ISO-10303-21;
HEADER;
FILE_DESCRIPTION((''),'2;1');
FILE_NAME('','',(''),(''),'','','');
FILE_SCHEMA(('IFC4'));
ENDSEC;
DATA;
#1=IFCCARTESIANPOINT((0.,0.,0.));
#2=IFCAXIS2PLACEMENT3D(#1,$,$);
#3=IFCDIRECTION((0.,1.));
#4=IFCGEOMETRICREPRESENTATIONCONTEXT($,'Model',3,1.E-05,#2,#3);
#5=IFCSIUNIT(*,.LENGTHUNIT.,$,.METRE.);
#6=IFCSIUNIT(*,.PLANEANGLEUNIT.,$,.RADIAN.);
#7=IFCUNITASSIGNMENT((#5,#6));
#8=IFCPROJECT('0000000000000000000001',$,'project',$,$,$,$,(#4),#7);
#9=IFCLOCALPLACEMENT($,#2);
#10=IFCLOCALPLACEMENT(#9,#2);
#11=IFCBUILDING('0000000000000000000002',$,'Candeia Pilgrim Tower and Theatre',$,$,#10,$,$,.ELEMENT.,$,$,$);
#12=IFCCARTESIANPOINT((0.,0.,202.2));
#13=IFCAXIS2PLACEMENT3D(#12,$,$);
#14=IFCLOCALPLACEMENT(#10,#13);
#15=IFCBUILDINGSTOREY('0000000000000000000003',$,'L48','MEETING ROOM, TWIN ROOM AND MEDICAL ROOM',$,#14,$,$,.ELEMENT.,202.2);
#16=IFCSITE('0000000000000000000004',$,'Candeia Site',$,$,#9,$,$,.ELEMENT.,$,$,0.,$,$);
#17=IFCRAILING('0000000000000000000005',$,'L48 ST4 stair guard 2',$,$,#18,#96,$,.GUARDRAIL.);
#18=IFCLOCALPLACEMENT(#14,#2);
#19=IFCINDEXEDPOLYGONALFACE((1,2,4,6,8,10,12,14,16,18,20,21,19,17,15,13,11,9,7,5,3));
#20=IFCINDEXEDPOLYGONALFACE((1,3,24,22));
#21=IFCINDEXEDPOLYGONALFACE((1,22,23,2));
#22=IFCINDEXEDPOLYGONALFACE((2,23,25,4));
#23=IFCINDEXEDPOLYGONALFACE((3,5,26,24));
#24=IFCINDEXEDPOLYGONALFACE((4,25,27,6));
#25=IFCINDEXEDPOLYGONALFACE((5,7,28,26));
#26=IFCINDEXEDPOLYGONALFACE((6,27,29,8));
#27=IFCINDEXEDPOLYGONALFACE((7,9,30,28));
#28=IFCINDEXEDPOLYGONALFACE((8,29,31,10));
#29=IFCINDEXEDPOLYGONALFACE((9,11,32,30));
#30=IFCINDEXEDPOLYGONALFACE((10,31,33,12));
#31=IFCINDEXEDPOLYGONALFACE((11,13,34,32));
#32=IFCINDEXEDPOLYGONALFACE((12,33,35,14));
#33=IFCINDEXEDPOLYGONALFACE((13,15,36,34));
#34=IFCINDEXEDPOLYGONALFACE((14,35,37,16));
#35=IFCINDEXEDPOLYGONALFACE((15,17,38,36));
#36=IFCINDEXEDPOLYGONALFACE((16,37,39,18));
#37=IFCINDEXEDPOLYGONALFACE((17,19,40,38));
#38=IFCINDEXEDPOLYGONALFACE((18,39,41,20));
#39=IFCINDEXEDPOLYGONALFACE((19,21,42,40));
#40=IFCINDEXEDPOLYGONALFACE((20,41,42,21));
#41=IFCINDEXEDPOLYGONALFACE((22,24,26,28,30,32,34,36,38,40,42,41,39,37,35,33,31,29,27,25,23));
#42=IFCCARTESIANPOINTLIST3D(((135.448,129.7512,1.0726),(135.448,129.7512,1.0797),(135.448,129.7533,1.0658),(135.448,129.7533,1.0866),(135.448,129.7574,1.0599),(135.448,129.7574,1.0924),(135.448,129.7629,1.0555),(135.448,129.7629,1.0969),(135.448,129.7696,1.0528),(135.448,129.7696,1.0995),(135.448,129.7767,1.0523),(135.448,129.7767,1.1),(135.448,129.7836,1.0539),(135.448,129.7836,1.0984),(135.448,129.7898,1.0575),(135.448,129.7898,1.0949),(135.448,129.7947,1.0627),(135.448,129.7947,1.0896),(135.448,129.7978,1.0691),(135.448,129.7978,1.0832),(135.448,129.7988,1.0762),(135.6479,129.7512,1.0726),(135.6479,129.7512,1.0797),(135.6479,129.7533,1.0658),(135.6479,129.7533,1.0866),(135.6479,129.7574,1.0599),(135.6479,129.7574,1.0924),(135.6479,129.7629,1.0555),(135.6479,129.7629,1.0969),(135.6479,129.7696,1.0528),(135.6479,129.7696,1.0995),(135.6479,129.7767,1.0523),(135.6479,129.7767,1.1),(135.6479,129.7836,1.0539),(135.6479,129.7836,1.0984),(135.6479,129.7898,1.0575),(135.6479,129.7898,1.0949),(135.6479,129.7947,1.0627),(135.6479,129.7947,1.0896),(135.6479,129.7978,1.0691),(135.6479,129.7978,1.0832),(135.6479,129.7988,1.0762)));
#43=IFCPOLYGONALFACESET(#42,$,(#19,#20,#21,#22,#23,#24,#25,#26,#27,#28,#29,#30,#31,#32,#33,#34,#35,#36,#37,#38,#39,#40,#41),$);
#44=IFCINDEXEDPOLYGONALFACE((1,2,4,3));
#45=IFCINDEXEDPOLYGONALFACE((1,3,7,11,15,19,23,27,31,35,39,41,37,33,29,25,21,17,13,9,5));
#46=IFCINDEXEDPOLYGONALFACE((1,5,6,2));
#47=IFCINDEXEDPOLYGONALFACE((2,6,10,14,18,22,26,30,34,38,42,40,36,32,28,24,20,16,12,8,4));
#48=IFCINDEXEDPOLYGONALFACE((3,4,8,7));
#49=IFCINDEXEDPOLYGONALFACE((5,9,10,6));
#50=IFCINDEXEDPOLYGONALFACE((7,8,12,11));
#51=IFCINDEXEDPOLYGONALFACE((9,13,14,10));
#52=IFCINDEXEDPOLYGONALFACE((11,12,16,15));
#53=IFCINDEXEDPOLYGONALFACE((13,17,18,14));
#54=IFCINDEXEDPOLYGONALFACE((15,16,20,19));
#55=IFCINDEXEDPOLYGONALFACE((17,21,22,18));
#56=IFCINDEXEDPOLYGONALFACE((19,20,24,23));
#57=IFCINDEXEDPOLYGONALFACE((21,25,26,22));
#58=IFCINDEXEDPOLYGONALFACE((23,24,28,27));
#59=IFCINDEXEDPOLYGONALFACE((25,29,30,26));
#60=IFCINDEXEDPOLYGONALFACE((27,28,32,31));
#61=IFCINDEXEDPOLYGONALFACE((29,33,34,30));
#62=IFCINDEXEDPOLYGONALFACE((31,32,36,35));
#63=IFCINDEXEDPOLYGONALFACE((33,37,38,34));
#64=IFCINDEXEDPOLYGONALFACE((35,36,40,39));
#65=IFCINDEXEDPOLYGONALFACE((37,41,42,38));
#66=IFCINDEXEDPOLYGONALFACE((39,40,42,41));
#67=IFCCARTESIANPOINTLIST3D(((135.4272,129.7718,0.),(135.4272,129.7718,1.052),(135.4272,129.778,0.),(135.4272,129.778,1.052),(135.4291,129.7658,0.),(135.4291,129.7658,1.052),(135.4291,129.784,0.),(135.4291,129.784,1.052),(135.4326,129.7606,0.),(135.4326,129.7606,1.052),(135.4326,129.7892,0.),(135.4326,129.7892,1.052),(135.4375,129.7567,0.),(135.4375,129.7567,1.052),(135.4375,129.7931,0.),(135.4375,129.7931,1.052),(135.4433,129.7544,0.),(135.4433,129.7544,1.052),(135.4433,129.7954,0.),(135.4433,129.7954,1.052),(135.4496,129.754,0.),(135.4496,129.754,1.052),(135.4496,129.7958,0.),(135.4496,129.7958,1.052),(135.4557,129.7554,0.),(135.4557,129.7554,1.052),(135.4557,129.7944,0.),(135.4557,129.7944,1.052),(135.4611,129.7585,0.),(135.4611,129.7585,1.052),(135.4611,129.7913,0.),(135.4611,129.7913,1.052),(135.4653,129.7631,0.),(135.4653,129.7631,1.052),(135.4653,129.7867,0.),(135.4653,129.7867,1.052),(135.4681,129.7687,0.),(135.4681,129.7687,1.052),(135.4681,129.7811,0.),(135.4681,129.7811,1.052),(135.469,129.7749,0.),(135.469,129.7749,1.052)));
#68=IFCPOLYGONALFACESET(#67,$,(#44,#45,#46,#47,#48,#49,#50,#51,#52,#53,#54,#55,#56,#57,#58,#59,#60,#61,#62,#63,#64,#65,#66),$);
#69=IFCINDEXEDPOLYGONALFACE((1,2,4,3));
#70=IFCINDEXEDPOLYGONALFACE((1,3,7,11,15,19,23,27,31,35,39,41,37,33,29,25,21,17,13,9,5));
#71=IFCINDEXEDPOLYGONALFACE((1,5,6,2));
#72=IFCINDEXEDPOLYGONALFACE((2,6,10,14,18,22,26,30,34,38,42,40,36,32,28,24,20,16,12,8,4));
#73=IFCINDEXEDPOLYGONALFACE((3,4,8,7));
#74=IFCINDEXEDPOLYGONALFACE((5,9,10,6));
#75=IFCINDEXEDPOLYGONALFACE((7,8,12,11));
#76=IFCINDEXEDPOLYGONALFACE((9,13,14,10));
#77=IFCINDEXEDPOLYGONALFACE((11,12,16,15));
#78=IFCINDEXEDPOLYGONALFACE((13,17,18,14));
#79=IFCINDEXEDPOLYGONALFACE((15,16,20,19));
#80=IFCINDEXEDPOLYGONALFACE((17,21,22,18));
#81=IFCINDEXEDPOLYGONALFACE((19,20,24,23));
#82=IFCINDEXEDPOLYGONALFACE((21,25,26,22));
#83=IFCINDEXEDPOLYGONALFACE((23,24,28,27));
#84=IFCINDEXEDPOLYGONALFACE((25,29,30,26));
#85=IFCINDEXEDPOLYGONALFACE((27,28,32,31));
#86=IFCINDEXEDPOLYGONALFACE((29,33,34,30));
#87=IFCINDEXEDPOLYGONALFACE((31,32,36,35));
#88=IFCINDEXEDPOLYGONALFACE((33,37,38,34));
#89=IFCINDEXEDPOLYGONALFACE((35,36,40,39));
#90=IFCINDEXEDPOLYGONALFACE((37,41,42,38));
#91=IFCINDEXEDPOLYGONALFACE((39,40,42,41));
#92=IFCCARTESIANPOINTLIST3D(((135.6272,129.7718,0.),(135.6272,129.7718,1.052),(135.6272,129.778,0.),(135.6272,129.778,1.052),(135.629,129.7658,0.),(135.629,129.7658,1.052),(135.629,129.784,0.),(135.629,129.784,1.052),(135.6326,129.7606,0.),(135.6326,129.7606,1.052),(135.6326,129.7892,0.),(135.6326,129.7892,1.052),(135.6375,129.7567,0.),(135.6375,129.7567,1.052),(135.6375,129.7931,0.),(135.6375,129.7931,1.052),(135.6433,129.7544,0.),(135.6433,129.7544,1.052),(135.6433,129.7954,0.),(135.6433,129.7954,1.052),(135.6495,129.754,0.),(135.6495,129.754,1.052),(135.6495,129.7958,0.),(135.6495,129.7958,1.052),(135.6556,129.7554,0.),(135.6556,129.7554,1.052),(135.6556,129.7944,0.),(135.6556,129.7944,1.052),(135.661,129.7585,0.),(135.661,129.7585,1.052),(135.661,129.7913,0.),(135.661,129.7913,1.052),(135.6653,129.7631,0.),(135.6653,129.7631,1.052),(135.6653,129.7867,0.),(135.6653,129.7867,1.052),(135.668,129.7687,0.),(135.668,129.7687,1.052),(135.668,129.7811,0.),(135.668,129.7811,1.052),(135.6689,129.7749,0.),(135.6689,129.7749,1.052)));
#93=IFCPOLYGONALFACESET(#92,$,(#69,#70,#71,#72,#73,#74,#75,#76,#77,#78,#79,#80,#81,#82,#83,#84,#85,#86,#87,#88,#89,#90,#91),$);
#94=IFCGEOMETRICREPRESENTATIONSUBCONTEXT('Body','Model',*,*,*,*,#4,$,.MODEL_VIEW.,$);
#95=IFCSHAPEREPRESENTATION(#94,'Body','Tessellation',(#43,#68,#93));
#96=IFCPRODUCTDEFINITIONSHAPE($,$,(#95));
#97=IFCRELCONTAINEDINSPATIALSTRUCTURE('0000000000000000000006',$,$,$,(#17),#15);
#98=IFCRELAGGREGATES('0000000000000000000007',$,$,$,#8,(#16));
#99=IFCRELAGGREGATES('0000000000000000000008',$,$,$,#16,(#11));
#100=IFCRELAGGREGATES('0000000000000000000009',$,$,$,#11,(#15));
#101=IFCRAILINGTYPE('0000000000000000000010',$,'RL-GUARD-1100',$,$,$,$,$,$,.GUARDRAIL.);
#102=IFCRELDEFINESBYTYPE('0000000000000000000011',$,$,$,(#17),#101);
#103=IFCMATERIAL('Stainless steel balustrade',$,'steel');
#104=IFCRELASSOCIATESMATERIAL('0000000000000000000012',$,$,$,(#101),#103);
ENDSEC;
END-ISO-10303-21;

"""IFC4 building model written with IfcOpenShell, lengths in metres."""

from ifc_helpers import new_model, si_unit, direction, frame, origin, origin_2d, place, context, subcontext, project, spatial, circle, extrude, material, type_object, element, save


model = new_model("IFC4")

# Units and contexts
model_context = context("Model", 3, precision=1e-05, world=origin(), true_north=direction((0.0, 1.0)))
body_context = subcontext(model_context, "Body", "Model", "MODEL_VIEW")
ifc_project = project(units=[si_unit("LENGTHUNIT", "METRE"), si_unit("PLANEANGLEUNIT", "RADIAN")], contexts=[model_context])

# Site, building, storey
site_placement = place(None, origin())
site = spatial("IfcSite", under=ifc_project, at=site_placement, Name="Candeia Site", CompositionType="ELEMENT", RefElevation=0.0)
building_placement = place(site_placement, origin())
building = spatial("IfcBuilding", under=site, at=building_placement, Name="Candeia Pilgrim Tower and Theatre", CompositionType="ELEMENT")
storey_placement = place(building_placement, frame((0.0, 0.0, 202.2)))
storey = spatial("IfcBuildingStorey", under=building, at=storey_placement, Name="L48", Description="MEETING ROOM, TWIN ROOM AND MEDICAL ROOM", CompositionType="ELEMENT", Elevation=202.2)

# Railing
ifc_material_1 = material(Name="Stainless steel balustrade", Category="steel")
railing_type_1 = type_object("IfcRailingType", Name="RL-GUARD-1100", PredefinedType="GUARDRAIL", material=ifc_material_1)
railing_1_placement = place(storey_placement, frame((135.448, 129.7749, 0.0)))
element("IfcRailing", 1, at=railing_1_placement, inside=storey, type_object=railing_type_1, Name="L48 ST4 stair guard 2", PredefinedType="GUARDRAIL", context=body_context, shape_type="SweptSolid", body=[
    extrude(circle(Radius=0.0239, at=origin_2d()), frame((0.0, 0.0, 1.0762), z_axis=(1.0, 0.0, 0.0), x_axis=(0.0, 1.0, 0.0)), (0.0, 0.0, 1.0), 0.2),
    extrude(circle(Radius=0.021, at=origin_2d()), origin(), (0.0, 0.0, 1.0), 1.052),
    extrude(circle(Radius=0.021, at=origin_2d()), frame((0.2, 0.0, 0.0)), (0.0, 0.0, 1.0), 1.052),
])

save(model, "model.ifc")
